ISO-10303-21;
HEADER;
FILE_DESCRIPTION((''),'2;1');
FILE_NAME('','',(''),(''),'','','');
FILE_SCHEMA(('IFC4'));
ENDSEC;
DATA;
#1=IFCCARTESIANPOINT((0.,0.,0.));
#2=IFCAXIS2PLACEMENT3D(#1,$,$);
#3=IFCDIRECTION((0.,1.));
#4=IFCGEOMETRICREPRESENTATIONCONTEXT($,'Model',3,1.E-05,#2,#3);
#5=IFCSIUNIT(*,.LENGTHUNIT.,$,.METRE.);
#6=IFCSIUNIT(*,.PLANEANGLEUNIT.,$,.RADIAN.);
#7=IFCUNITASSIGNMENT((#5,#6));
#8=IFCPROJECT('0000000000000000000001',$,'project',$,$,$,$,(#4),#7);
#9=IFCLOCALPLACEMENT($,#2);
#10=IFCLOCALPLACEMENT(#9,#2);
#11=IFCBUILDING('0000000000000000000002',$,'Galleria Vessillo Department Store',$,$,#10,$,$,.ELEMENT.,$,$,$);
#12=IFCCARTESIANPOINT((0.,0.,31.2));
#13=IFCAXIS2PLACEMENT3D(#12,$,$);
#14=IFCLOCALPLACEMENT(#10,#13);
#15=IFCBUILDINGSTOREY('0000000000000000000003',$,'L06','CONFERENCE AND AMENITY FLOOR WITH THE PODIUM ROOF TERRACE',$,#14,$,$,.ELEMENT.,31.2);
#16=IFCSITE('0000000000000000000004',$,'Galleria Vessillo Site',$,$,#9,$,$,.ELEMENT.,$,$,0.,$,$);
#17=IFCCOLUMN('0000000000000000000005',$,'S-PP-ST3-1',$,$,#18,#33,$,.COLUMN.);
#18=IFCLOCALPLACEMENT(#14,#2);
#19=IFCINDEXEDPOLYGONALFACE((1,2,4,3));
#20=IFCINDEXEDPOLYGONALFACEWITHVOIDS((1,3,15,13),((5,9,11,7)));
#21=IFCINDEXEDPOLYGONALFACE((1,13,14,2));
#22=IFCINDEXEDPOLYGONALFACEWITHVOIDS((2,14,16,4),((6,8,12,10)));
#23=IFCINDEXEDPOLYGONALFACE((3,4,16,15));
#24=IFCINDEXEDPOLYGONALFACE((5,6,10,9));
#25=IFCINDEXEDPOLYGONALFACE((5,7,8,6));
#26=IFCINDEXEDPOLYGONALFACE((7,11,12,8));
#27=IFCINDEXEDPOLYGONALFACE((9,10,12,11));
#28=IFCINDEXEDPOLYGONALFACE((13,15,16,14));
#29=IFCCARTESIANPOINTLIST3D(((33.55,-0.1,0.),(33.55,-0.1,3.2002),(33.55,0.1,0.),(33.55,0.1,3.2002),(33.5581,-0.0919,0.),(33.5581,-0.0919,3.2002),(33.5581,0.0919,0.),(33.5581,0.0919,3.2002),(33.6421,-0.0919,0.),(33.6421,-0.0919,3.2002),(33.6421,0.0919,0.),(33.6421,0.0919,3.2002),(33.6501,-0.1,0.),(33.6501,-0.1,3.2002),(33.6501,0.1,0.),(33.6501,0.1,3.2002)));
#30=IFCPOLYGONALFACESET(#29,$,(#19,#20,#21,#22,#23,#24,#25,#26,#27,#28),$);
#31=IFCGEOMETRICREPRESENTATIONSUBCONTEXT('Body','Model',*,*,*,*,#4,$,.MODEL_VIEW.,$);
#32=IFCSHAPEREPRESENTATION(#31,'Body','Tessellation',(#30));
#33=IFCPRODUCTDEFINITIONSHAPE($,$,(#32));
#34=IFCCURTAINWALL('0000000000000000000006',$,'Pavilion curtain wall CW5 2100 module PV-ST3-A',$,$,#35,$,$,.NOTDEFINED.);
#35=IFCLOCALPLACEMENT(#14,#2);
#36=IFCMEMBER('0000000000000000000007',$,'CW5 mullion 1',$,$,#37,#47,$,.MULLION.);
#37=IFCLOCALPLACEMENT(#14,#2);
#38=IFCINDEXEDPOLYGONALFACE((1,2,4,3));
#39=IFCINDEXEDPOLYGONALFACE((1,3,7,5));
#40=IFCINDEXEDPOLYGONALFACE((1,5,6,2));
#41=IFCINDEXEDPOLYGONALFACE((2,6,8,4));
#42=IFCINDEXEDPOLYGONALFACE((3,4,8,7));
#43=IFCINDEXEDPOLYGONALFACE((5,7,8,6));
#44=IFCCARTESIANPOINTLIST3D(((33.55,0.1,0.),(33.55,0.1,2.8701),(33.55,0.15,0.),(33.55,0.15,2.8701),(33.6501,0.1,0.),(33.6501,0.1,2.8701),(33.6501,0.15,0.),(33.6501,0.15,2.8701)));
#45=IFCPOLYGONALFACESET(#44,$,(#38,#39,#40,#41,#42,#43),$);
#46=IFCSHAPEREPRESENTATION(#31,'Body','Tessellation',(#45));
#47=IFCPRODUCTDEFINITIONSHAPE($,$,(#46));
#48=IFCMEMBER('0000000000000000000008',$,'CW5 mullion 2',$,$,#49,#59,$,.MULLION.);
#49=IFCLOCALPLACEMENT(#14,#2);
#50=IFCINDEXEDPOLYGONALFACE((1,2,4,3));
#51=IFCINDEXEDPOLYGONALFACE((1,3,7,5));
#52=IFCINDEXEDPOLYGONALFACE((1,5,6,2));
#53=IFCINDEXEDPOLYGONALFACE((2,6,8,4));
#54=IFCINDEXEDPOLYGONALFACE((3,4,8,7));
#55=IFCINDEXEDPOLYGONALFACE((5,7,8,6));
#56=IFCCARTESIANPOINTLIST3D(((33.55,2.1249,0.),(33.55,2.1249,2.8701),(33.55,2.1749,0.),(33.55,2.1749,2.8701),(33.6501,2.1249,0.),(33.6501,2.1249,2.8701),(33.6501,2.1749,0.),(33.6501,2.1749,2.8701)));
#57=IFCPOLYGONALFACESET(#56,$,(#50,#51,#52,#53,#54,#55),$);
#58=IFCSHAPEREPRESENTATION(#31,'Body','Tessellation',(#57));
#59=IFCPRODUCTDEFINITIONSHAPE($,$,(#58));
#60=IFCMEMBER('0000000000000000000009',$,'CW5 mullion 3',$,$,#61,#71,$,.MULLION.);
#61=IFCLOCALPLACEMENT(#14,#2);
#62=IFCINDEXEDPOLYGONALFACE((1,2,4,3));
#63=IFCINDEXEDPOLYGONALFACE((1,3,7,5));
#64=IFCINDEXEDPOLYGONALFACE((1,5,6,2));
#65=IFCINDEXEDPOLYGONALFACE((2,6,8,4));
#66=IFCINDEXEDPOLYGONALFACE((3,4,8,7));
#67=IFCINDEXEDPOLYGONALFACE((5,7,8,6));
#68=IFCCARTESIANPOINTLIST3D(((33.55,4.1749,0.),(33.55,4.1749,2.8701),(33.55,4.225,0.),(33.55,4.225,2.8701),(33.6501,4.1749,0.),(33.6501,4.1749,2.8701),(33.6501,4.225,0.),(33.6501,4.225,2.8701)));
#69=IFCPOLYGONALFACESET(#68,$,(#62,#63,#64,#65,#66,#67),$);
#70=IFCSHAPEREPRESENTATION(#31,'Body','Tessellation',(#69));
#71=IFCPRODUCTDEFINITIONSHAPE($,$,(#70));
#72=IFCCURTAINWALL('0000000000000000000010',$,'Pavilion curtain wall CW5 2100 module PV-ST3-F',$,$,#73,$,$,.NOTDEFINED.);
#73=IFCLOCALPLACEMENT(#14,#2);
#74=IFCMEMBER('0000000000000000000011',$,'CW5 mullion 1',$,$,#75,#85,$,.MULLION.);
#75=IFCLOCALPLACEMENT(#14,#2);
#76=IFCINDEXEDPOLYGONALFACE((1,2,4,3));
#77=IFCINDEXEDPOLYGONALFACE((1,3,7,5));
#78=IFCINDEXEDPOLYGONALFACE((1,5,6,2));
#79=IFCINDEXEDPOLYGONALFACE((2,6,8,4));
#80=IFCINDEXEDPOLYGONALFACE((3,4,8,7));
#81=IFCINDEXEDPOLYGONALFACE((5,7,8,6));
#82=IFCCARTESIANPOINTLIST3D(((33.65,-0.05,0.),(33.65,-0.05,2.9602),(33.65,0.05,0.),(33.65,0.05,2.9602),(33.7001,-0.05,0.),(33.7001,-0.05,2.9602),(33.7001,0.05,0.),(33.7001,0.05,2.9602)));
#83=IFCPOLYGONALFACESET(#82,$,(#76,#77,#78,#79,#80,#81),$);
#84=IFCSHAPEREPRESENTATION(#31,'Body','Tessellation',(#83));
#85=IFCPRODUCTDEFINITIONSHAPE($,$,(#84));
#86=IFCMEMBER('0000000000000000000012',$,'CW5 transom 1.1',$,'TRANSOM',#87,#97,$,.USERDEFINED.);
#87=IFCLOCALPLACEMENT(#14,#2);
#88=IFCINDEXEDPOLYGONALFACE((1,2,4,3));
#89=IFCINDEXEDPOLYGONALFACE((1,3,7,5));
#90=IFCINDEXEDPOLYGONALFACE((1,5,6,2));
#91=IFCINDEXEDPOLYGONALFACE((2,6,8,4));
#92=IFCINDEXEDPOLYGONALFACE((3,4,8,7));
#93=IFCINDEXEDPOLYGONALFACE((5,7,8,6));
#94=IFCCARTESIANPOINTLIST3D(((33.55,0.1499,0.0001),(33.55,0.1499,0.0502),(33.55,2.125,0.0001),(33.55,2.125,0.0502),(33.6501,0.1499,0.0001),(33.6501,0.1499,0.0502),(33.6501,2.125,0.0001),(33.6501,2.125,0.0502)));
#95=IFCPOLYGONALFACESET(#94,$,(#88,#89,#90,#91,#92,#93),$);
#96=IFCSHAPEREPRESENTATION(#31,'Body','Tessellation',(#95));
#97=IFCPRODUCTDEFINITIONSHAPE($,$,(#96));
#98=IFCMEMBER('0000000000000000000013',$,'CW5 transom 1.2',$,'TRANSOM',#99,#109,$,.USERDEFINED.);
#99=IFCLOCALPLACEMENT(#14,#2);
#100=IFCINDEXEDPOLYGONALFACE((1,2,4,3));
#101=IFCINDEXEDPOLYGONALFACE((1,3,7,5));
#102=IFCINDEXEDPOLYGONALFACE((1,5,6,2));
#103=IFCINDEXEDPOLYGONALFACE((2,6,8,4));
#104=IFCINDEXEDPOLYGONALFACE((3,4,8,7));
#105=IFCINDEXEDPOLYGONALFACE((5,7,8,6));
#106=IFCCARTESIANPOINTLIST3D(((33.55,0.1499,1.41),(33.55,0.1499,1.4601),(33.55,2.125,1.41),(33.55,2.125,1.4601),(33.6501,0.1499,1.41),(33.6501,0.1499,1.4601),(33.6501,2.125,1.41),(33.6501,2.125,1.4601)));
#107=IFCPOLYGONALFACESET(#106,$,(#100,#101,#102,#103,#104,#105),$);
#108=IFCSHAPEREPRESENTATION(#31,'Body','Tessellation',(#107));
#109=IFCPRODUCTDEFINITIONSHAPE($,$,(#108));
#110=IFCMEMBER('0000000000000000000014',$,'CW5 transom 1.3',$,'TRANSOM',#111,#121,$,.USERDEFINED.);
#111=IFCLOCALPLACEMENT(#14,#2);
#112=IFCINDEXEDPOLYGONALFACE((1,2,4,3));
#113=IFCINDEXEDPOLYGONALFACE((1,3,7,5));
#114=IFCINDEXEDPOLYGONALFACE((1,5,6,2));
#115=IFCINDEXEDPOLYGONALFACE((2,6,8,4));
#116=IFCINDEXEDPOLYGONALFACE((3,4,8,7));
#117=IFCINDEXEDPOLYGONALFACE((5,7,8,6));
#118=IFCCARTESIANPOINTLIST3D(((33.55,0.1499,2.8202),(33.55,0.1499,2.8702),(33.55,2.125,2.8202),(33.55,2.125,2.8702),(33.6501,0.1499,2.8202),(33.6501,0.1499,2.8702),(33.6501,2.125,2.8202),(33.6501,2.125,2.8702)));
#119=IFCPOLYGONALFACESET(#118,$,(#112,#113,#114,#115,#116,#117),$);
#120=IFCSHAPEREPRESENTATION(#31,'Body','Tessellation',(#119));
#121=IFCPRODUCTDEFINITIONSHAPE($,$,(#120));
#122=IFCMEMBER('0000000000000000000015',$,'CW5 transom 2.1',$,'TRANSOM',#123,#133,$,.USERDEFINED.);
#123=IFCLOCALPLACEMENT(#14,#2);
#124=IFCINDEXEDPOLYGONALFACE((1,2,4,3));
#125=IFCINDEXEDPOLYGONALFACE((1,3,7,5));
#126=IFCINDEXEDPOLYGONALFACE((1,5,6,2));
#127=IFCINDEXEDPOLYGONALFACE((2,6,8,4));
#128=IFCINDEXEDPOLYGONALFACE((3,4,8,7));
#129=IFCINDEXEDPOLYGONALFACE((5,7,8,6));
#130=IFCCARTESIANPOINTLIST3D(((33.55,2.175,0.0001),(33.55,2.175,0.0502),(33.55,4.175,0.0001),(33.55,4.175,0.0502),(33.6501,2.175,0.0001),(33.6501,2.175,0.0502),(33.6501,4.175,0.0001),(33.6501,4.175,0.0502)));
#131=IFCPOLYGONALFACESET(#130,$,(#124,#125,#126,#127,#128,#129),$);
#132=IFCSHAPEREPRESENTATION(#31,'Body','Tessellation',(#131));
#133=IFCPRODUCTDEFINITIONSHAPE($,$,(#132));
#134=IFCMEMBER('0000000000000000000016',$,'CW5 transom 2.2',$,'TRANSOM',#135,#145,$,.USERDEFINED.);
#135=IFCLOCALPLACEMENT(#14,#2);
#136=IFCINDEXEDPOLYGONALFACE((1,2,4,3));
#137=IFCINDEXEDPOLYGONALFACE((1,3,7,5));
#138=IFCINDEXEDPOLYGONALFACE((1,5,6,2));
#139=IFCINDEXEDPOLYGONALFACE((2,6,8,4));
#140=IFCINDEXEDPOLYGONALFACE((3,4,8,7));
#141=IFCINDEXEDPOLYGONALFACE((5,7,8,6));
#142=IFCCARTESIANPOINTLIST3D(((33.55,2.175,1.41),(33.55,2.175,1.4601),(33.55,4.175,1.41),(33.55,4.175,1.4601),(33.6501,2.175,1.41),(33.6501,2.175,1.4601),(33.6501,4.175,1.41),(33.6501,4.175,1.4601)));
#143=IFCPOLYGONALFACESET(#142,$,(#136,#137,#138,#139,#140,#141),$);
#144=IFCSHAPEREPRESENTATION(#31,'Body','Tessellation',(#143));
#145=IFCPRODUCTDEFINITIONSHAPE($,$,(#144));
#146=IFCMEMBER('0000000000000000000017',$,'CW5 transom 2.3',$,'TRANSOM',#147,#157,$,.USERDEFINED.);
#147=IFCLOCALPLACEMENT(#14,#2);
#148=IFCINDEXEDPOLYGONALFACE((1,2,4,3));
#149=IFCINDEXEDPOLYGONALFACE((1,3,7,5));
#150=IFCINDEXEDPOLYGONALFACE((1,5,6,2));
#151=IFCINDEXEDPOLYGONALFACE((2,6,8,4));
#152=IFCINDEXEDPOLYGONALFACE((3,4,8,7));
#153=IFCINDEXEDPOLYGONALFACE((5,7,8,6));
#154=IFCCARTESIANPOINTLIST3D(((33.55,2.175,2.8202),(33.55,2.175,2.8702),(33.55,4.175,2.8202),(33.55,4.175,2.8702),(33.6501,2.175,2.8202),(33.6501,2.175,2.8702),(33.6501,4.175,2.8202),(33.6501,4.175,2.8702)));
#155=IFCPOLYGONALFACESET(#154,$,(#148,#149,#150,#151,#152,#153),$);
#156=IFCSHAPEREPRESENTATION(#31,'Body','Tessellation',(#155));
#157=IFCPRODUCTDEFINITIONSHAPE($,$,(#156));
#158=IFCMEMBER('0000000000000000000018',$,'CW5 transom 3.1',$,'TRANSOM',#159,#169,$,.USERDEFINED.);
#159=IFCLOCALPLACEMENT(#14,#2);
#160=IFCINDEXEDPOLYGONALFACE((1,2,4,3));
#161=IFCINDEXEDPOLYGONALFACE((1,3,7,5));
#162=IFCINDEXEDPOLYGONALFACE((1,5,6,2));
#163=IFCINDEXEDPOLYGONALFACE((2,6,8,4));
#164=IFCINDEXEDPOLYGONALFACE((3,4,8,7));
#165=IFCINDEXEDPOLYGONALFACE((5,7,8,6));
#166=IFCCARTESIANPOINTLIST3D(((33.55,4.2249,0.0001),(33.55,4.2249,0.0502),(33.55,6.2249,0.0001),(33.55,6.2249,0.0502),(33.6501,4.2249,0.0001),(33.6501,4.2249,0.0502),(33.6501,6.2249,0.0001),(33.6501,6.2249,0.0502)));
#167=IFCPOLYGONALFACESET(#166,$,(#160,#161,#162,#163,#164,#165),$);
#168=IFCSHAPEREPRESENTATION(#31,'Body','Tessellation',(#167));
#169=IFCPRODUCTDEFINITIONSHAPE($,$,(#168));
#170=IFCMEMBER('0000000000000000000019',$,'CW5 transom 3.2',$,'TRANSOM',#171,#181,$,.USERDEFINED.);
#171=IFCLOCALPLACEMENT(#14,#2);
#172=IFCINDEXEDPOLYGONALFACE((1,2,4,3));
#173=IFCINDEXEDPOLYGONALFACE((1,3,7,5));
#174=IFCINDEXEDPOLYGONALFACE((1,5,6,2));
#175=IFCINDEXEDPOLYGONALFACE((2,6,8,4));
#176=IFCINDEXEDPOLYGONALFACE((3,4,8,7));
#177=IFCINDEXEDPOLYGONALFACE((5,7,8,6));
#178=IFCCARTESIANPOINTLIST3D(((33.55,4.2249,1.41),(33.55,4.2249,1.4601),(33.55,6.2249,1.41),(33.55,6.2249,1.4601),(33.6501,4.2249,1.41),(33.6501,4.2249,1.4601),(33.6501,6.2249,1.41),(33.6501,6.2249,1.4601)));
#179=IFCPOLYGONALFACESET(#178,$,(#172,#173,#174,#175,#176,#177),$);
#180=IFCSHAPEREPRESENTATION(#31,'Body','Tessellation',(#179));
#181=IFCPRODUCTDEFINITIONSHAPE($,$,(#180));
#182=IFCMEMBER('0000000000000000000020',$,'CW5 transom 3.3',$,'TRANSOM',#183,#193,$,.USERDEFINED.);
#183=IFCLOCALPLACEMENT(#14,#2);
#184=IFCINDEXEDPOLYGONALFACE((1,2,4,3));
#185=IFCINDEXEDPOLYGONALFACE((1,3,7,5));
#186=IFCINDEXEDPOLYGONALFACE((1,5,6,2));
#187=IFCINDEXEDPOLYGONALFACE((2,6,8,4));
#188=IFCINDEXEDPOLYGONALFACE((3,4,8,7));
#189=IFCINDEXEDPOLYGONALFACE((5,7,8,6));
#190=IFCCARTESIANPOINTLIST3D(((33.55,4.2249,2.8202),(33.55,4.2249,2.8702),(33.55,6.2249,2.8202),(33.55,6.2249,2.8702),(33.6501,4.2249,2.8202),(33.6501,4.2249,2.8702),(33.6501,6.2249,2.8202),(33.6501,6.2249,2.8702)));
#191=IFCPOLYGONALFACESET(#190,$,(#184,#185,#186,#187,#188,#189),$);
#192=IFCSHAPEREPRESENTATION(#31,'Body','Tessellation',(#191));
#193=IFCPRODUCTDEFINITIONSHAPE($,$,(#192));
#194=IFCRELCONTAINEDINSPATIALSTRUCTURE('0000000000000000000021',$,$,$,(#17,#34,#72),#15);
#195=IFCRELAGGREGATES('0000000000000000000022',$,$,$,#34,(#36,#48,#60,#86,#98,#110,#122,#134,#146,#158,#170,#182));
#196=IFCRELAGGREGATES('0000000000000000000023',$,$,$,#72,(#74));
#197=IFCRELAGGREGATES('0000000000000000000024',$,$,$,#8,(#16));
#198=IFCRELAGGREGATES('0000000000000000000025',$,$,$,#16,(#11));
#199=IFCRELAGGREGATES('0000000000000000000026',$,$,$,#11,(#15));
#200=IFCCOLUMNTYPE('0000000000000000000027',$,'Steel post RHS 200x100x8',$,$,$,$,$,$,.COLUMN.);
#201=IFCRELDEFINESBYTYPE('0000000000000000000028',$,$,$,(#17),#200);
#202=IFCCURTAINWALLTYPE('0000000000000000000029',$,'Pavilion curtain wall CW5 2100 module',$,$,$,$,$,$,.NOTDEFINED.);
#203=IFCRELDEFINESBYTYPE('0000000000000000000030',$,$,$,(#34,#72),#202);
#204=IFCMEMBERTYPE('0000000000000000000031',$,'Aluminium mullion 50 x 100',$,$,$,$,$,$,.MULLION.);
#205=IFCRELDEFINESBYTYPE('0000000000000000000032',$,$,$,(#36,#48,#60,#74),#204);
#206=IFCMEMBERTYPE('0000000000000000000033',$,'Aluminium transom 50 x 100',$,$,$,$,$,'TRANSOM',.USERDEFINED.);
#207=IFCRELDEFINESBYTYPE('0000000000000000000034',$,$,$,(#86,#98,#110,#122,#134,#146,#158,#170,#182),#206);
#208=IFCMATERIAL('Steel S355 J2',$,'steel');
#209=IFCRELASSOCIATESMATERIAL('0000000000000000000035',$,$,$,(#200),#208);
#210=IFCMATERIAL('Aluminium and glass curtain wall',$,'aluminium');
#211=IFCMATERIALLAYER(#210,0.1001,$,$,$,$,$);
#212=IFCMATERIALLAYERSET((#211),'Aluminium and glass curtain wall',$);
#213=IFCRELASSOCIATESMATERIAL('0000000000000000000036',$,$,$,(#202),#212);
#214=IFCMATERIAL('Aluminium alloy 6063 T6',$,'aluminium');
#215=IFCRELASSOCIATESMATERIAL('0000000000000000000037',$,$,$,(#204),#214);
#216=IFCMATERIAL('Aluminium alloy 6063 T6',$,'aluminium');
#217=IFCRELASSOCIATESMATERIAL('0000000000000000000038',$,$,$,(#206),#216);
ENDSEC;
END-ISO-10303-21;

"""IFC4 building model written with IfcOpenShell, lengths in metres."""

from ifc_helpers import new_model, si_unit, direction, frame, origin, origin_2d, place, context, subcontext, project, spatial, rectangle, hollow_rectangle, extrude, material, layer, layer_set, material_profile, profile_set, type_object, element, aggregate, save


model = new_model("IFC4")

# Units and contexts
model_context = context("Model", 3, precision=1e-05, world=origin(), true_north=direction((0.0, 1.0)))
body_context = subcontext(model_context, "Body", "Model", "MODEL_VIEW")
ifc_project = project(units=[si_unit("LENGTHUNIT", "METRE"), si_unit("PLANEANGLEUNIT", "RADIAN")], contexts=[model_context])

# Site, building, storey
site_placement = place(None, origin())
site = spatial("IfcSite", under=ifc_project, at=site_placement, Name="Galleria Vessillo Site", CompositionType="ELEMENT", RefElevation=0.0)
building_placement = place(site_placement, origin())
building = spatial("IfcBuilding", under=site, at=building_placement, Name="Galleria Vessillo Department Store", CompositionType="ELEMENT")
storey_placement = place(building_placement, frame((0.0, 0.0, 31.2)))
storey = spatial("IfcBuildingStorey", under=building, at=storey_placement, Name="L06", Description="CONFERENCE AND AMENITY FLOOR WITH THE PODIUM ROOF TERRACE", CompositionType="ELEMENT", Elevation=31.2)

# Column
ifc_material_1 = material(Name="Steel S355 J2", Category="steel")
ifc_material_profile_1 = material_profile(ifc_material_1, hollow_rectangle(XDim=0.1001, YDim=0.2, WallThickness=0.0081, at=origin_2d()), Name="RHS 200x100x8")
ifc_profile_set_1 = profile_set([ifc_material_profile_1], Name="Steel S355 J2")
column_type = type_object("IfcColumnType", Name="Steel post RHS 200x100x8", PredefinedType="COLUMN", material=ifc_profile_set_1)
column_placement = place(storey_placement, frame((33.6001, 0.0, 0.0), z_axis=(0.0, 0.0, 1.0), x_axis=(1.0, 0.0, 0.0)))
element("IfcColumn", 1, at=column_placement, inside=storey, type_object=column_type, Name="S-PP-ST3-1", PredefinedType="COLUMN", context=body_context, shape_type="SweptSolid", body=[
    extrude(hollow_rectangle(XDim=0.1001, YDim=0.2, WallThickness=0.0081, at=origin_2d()), origin(), (0.0, 0.0, 1.0), 3.2002),
])

# Curtain wall, members
ifc_material_2 = material(Name="Aluminium and glass curtain wall", Category="aluminium")
ifc_layer_1 = layer(ifc_material_2, 0.1001)
ifc_layer_set_1 = layer_set([ifc_layer_1], Name="Aluminium and glass curtain wall")
curtain_wall_type = type_object("IfcCurtainWallType", Name="Pavilion curtain wall CW5 2100 module", PredefinedType="NOTDEFINED", material=ifc_layer_set_1)
curtain_wall_1_placement = place(storey_placement, origin())
curtain_wall_1 = element("IfcCurtainWall", 2, at=curtain_wall_1_placement, inside=storey, type_object=curtain_wall_type, Name="Pavilion curtain wall CW5 2100 module PV-ST3-A", PredefinedType="NOTDEFINED")
ifc_material_3 = material(Name="Aluminium alloy 6063 T6", Category="aluminium")
ifc_material_profile_2 = material_profile(ifc_material_3, rectangle(XDim=0.1001, YDim=0.05, at=origin_2d()), Name="AL 50x100")
ifc_profile_set_2 = profile_set([ifc_material_profile_2], Name="Aluminium alloy 6063 T6")
member_type_1 = type_object("IfcMemberType", Name="Aluminium mullion 50 x 100", PredefinedType="MULLION", material=ifc_profile_set_2)
member_1_placement = place(storey_placement, frame((33.6001, 0.125, 0.0), z_axis=(0.0, 0.0, 1.0), x_axis=(-1.0, 0.0, 0.0)))
member_1 = element("IfcMember", 3, at=member_1_placement, type_object=member_type_1, Name="CW5 mullion 1", PredefinedType="MULLION", context=body_context, shape_type="SweptSolid", body=[
    extrude(rectangle(XDim=0.1001, YDim=0.05, at=origin_2d()), origin(), (0.0, 0.0, 1.0), 2.8701),
])
member_2_placement = place(storey_placement, frame((33.6001, 2.1499, 0.0), z_axis=(0.0, 0.0, 1.0), x_axis=(-1.0, 0.0, 0.0)))
member_2 = element("IfcMember", 4, at=member_2_placement, type_object=member_type_1, Name="CW5 mullion 2", PredefinedType="MULLION", context=body_context, shape_type="SweptSolid", body=[
    extrude(rectangle(XDim=0.1001, YDim=0.05, at=origin_2d()), origin(), (0.0, 0.0, 1.0), 2.8701),
])
member_3_placement = place(storey_placement, frame((33.6001, 4.2, 0.0), z_axis=(0.0, 0.0, 1.0), x_axis=(-1.0, 0.0, 0.0)))
member_3 = element("IfcMember", 5, at=member_3_placement, type_object=member_type_1, Name="CW5 mullion 3", PredefinedType="MULLION", context=body_context, shape_type="SweptSolid", body=[
    extrude(rectangle(XDim=0.1001, YDim=0.05, at=origin_2d()), origin(), (0.0, 0.0, 1.0), 2.8701),
])

# Curtain wall, member
curtain_wall_2_placement = place(storey_placement, origin())
curtain_wall_2 = element("IfcCurtainWall", 6, at=curtain_wall_2_placement, inside=storey, type_object=curtain_wall_type, Name="Pavilion curtain wall CW5 2100 module PV-ST3-F", PredefinedType="NOTDEFINED")
member_4_placement = place(storey_placement, frame((33.675, 0.0, 0.0), z_axis=(0.0, 0.0, 1.0), x_axis=(0.0, 1.0, 0.0)))
member_4 = element("IfcMember", 7, at=member_4_placement, type_object=member_type_1, Name="CW5 mullion 1", PredefinedType="MULLION", context=body_context, shape_type="SweptSolid", body=[
    extrude(rectangle(XDim=0.1001, YDim=0.05, at=origin_2d()), origin(), (0.0, 0.0, 1.0), 2.9602),
])

# Members
ifc_material_4 = material(Name="Aluminium alloy 6063 T6", Category="aluminium")
ifc_material_profile_3 = material_profile(ifc_material_4, rectangle(XDim=0.1001, YDim=0.05, at=origin_2d()), Name="AL 50x100")
ifc_profile_set_3 = profile_set([ifc_material_profile_3], Name="Aluminium alloy 6063 T6")
member_type_2 = type_object("IfcMemberType", Name="Aluminium transom 50 x 100", ElementType="TRANSOM", PredefinedType="USERDEFINED", material=ifc_profile_set_3)
member_5_placement = place(storey_placement, frame((33.6001, 0.1499, 0.0251), z_axis=(0.0, 1.0, 0.0), x_axis=(-1.0, 0.0, 0.0)))
member_5 = element("IfcMember", 8, at=member_5_placement, type_object=member_type_2, Name="CW5 transom 1.1", ObjectType="TRANSOM", PredefinedType="USERDEFINED", context=body_context, shape_type="SweptSolid", body=[
    extrude(rectangle(XDim=0.1001, YDim=0.05, at=origin_2d()), origin(), (0.0, 0.0, 1.0), 1.9751),
])
member_6_placement = place(storey_placement, frame((33.6001, 0.1499, 1.4351), z_axis=(0.0, 1.0, 0.0), x_axis=(-1.0, 0.0, 0.0)))
member_6 = element("IfcMember", 9, at=member_6_placement, type_object=member_type_2, Name="CW5 transom 1.2", ObjectType="TRANSOM", PredefinedType="USERDEFINED", context=body_context, shape_type="SweptSolid", body=[
    extrude(rectangle(XDim=0.1001, YDim=0.05, at=origin_2d()), origin(), (0.0, 0.0, 1.0), 1.9751),
])
member_7_placement = place(storey_placement, frame((33.6001, 0.1499, 2.8452), z_axis=(0.0, 1.0, 0.0), x_axis=(-1.0, 0.0, 0.0)))
member_7 = element("IfcMember", 10, at=member_7_placement, type_object=member_type_2, Name="CW5 transom 1.3", ObjectType="TRANSOM", PredefinedType="USERDEFINED", context=body_context, shape_type="SweptSolid", body=[
    extrude(rectangle(XDim=0.1001, YDim=0.05, at=origin_2d()), origin(), (0.0, 0.0, 1.0), 1.9751),
])
member_8_placement = place(storey_placement, frame((33.6001, 2.175, 0.0251), z_axis=(0.0, 1.0, 0.0), x_axis=(-1.0, 0.0, 0.0)))
member_8 = element("IfcMember", 11, at=member_8_placement, type_object=member_type_2, Name="CW5 transom 2.1", ObjectType="TRANSOM", PredefinedType="USERDEFINED", context=body_context, shape_type="SweptSolid", body=[
    extrude(rectangle(XDim=0.1001, YDim=0.05, at=origin_2d()), origin(), (0.0, 0.0, 1.0), 2.0),
])
member_9_placement = place(storey_placement, frame((33.6001, 2.175, 1.4351), z_axis=(0.0, 1.0, 0.0), x_axis=(-1.0, 0.0, 0.0)))
member_9 = element("IfcMember", 12, at=member_9_placement, type_object=member_type_2, Name="CW5 transom 2.2", ObjectType="TRANSOM", PredefinedType="USERDEFINED", context=body_context, shape_type="SweptSolid", body=[
    extrude(rectangle(XDim=0.1001, YDim=0.05, at=origin_2d()), origin(), (0.0, 0.0, 1.0), 2.0),
])
member_10_placement = place(storey_placement, frame((33.6001, 2.175, 2.8452), z_axis=(0.0, 1.0, 0.0), x_axis=(-1.0, 0.0, 0.0)))
member_10 = element("IfcMember", 13, at=member_10_placement, type_object=member_type_2, Name="CW5 transom 2.3", ObjectType="TRANSOM", PredefinedType="USERDEFINED", context=body_context, shape_type="SweptSolid", body=[
    extrude(rectangle(XDim=0.1001, YDim=0.05, at=origin_2d()), origin(), (0.0, 0.0, 1.0), 2.0),
])
member_11_placement = place(storey_placement, frame((33.6001, 4.2249, 0.0251), z_axis=(0.0, 1.0, 0.0), x_axis=(-1.0, 0.0, 0.0)))
member_11 = element("IfcMember", 14, at=member_11_placement, type_object=member_type_2, Name="CW5 transom 3.1", ObjectType="TRANSOM", PredefinedType="USERDEFINED", context=body_context, shape_type="SweptSolid", body=[
    extrude(rectangle(XDim=0.1001, YDim=0.05, at=origin_2d()), origin(), (0.0, 0.0, 1.0), 2.0),
])
member_12_placement = place(storey_placement, frame((33.6001, 4.2249, 1.4351), z_axis=(0.0, 1.0, 0.0), x_axis=(-1.0, 0.0, 0.0)))
member_12 = element("IfcMember", 15, at=member_12_placement, type_object=member_type_2, Name="CW5 transom 3.2", ObjectType="TRANSOM", PredefinedType="USERDEFINED", context=body_context, shape_type="SweptSolid", body=[
    extrude(rectangle(XDim=0.1001, YDim=0.05, at=origin_2d()), origin(), (0.0, 0.0, 1.0), 2.0),
])
member_13_placement = place(storey_placement, frame((33.6001, 4.2249, 2.8452), z_axis=(0.0, 1.0, 0.0), x_axis=(-1.0, 0.0, 0.0)))
member_13 = element("IfcMember", 16, at=member_13_placement, type_object=member_type_2, Name="CW5 transom 3.3", ObjectType="TRANSOM", PredefinedType="USERDEFINED", context=body_context, shape_type="SweptSolid", body=[
    extrude(rectangle(XDim=0.1001, YDim=0.05, at=origin_2d()), origin(), (0.0, 0.0, 1.0), 2.0),
])

aggregate(curtain_wall_1, [member_1, member_2, member_3, member_5, member_6, member_7, member_8, member_9, member_10, member_11, member_12, member_13])
aggregate(curtain_wall_2, [member_4])

save(model, "model.ifc")
